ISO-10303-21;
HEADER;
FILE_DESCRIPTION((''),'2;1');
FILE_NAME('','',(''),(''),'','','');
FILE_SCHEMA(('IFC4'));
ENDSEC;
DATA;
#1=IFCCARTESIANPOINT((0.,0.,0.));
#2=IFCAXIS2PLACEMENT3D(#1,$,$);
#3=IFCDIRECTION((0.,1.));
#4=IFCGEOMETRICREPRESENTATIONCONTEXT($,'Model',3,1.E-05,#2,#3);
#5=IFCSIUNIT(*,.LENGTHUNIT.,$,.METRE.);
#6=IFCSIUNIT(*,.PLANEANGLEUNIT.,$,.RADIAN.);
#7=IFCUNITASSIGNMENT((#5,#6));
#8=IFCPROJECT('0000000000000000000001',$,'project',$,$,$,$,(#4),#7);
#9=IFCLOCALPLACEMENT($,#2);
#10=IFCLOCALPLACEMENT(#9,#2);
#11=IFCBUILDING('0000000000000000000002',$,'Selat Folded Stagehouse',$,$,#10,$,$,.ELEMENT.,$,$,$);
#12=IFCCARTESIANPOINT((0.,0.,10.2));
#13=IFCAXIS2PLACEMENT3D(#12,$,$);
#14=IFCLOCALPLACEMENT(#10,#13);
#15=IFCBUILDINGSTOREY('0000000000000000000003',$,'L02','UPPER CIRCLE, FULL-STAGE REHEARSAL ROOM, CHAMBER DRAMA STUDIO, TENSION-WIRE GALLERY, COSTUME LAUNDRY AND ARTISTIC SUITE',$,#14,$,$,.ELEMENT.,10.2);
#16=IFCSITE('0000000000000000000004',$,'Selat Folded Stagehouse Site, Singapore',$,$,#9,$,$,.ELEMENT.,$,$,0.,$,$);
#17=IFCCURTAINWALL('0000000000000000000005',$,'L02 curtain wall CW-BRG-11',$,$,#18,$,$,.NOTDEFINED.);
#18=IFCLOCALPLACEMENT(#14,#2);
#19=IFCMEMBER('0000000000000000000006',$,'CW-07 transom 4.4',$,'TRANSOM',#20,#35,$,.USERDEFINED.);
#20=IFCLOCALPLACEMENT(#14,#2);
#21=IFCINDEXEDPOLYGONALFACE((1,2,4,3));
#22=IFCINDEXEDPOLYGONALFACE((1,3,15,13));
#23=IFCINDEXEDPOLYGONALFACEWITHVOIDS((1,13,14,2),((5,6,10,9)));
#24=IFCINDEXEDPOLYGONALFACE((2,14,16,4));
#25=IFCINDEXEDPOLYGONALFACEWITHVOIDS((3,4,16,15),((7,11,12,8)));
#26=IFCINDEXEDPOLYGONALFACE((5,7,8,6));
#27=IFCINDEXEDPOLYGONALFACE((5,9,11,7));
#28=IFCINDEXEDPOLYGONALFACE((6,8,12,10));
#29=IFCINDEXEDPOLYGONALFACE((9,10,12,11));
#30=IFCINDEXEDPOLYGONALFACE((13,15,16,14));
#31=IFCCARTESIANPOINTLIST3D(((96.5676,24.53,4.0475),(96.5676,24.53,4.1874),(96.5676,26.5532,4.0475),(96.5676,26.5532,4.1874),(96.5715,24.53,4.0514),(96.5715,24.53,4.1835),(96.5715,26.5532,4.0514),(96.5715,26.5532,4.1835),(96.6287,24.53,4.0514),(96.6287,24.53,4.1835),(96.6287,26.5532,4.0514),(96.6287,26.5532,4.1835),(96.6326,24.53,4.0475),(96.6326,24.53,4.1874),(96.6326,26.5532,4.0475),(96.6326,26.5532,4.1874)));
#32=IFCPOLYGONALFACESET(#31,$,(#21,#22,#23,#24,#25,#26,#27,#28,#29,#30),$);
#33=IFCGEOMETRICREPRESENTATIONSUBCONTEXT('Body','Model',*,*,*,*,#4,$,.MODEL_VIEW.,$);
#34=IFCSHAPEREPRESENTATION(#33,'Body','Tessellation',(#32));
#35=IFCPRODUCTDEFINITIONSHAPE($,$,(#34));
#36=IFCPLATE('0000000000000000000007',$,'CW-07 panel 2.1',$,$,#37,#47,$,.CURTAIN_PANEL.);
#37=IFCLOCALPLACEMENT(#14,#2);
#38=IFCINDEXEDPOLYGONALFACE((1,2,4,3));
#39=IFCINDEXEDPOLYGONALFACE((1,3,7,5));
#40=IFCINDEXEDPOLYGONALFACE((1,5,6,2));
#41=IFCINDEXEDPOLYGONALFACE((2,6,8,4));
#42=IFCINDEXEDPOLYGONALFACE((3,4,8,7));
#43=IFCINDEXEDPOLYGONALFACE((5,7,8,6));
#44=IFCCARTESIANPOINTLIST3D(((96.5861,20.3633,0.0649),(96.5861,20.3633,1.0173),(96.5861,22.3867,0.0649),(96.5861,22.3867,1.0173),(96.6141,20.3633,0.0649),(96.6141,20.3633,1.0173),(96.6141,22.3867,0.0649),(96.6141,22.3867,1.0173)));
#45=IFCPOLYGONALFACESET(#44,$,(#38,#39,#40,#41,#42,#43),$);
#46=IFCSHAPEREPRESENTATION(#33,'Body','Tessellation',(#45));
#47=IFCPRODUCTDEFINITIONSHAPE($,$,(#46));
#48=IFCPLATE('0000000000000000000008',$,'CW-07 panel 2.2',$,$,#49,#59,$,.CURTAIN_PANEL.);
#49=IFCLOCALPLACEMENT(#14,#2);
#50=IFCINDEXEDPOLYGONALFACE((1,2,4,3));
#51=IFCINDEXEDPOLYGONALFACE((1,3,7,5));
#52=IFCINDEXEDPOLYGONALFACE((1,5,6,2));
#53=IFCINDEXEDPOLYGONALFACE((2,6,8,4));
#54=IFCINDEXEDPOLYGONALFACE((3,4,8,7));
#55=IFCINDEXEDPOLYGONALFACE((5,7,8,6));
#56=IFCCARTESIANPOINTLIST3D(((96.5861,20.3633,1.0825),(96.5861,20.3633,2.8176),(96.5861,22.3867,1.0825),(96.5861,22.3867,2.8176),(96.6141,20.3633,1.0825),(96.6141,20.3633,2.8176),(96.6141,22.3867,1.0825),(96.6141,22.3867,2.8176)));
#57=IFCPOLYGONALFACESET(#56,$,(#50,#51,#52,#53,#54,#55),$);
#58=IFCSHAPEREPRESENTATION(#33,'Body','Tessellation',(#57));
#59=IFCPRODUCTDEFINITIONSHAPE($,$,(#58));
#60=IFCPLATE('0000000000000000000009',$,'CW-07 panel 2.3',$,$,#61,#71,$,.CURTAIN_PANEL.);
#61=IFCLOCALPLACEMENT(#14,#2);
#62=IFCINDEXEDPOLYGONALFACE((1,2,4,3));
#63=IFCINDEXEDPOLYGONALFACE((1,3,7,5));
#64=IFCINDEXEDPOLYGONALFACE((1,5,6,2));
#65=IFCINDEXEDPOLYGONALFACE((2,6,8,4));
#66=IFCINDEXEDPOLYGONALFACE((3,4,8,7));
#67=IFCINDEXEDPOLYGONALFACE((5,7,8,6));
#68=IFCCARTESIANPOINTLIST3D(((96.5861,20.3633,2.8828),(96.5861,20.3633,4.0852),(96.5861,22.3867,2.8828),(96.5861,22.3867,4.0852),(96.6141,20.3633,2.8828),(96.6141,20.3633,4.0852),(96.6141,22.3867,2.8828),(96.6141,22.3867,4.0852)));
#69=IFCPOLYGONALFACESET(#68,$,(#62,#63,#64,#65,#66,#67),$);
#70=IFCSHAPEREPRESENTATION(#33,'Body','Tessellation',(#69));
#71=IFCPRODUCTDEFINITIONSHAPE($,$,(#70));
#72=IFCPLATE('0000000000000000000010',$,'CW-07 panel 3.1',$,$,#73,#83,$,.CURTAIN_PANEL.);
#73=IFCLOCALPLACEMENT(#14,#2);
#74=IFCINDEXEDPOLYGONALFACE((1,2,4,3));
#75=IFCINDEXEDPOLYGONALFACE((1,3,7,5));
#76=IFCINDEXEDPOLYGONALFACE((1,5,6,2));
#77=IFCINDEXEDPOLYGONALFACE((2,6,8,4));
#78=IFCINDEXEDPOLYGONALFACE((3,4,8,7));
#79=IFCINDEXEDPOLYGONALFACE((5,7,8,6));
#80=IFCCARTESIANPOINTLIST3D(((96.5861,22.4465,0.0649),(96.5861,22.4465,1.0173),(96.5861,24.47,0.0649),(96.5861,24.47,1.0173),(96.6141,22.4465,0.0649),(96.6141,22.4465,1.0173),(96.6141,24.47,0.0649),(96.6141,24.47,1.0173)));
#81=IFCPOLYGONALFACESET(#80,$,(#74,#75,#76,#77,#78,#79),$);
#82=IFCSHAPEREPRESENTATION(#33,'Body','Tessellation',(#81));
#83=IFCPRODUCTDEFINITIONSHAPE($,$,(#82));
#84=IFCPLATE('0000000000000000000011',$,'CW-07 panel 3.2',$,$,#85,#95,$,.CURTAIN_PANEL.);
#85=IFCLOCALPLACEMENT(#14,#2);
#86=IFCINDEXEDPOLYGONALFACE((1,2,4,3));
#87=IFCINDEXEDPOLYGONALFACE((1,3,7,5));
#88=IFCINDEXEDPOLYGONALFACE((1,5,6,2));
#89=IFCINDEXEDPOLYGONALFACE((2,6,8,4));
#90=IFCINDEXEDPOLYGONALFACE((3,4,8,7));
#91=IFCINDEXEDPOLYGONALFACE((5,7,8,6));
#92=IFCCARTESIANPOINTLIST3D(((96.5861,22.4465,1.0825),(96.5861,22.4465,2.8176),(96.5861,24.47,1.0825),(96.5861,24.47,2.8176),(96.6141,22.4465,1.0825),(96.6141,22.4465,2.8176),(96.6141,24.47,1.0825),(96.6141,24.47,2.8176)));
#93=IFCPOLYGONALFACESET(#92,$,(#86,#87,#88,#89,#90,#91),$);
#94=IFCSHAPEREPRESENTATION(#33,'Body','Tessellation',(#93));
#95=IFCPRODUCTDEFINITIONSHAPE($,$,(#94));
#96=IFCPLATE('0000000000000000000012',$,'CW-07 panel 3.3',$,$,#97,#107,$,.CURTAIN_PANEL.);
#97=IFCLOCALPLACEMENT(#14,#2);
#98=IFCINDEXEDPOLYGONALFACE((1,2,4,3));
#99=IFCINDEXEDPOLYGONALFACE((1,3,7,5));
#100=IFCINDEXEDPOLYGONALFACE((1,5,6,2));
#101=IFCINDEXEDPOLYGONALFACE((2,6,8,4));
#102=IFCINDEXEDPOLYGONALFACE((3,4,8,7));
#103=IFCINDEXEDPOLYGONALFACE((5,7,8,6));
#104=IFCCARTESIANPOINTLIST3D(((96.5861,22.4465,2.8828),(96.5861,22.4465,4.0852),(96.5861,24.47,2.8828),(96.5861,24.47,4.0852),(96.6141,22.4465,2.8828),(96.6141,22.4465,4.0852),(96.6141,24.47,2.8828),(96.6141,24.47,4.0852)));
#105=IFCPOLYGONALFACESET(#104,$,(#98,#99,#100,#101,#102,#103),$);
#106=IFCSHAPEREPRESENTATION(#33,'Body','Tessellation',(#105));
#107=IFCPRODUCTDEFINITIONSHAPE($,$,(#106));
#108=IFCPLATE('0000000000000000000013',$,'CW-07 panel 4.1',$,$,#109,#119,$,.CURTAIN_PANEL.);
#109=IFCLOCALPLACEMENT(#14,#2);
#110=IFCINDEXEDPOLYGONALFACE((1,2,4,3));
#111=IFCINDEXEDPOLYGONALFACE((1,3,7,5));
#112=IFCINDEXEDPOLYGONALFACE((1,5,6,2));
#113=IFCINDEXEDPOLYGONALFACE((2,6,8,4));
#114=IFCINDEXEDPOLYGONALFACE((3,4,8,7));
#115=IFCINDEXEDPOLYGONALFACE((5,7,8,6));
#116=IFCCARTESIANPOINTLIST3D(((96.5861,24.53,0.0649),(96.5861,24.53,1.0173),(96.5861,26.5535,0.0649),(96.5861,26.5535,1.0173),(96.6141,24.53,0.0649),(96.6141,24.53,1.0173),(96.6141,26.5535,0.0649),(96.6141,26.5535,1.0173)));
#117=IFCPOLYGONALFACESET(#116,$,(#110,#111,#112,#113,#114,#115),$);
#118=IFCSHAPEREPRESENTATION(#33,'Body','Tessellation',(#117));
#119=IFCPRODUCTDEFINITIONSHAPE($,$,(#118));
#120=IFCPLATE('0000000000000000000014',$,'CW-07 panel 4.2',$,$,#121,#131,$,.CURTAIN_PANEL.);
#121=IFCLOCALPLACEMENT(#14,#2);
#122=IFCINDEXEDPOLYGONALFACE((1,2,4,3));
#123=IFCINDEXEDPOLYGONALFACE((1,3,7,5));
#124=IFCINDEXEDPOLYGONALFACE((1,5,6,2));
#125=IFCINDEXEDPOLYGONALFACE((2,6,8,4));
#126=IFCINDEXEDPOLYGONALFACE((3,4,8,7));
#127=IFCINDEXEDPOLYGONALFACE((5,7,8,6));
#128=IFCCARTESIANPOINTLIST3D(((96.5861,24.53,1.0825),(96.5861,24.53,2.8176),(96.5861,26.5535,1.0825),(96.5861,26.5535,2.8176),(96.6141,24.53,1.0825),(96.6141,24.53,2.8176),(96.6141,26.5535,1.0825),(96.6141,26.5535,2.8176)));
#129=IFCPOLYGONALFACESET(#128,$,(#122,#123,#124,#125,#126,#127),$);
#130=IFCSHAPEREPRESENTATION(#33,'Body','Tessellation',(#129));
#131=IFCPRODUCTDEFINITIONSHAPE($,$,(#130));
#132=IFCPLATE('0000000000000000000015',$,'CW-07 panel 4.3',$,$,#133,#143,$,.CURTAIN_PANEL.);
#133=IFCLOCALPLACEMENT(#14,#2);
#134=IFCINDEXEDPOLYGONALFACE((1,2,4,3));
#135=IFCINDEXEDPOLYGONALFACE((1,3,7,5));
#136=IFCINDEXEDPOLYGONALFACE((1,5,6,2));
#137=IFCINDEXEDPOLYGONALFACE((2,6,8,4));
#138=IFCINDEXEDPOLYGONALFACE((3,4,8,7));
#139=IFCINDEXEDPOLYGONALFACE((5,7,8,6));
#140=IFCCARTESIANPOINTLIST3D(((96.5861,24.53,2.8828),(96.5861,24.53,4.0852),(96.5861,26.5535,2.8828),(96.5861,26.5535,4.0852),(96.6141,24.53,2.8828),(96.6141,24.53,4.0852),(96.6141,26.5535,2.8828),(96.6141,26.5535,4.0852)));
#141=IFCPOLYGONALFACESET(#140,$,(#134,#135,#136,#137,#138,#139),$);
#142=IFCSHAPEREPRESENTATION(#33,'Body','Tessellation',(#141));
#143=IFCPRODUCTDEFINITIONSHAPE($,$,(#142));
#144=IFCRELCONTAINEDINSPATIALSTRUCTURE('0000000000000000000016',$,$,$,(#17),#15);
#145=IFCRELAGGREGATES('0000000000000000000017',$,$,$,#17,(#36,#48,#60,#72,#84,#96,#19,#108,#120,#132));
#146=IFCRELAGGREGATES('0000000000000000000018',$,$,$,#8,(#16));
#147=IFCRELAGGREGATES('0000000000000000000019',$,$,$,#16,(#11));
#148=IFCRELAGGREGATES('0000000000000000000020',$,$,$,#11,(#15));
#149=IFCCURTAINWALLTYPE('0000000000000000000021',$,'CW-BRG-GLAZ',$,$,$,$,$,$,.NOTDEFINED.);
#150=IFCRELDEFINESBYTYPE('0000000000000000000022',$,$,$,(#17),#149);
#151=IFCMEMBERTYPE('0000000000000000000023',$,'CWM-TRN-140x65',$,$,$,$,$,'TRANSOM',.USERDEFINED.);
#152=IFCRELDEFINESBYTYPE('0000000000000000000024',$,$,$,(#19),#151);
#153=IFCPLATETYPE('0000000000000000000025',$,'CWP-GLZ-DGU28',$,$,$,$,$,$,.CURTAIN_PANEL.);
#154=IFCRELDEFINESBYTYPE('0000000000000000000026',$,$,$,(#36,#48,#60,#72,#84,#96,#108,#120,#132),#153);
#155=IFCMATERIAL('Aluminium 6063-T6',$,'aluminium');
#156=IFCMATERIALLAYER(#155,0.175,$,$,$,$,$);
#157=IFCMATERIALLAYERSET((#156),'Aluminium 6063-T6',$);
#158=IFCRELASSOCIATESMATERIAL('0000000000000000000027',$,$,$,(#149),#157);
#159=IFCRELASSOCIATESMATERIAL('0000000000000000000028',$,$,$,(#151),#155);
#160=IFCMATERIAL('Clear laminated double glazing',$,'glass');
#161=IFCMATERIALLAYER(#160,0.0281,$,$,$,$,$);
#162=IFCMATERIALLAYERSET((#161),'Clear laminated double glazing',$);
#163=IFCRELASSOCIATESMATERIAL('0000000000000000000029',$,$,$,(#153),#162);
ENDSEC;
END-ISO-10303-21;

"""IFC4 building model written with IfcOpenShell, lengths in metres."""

from ifc_helpers import new_model, si_unit, direction, frame, origin, origin_2d, place, context, subcontext, project, spatial, rectangle, hollow_rectangle, extrude, material, layer, layer_set, material_profile, profile_set, type_object, element, aggregate, save


model = new_model("IFC4")

# Units and contexts
model_context = context("Model", 3, precision=1e-05, world=origin(), true_north=direction((0.0, 1.0)))
body_context = subcontext(model_context, "Body", "Model", "MODEL_VIEW")
ifc_project = project(units=[si_unit("LENGTHUNIT", "METRE"), si_unit("PLANEANGLEUNIT", "RADIAN")], contexts=[model_context])

# Site, building, storey
site_placement = place(None, origin())
site = spatial("IfcSite", under=ifc_project, at=site_placement, Name="Selat Folded Stagehouse Site, Singapore", CompositionType="ELEMENT", RefElevation=0.0)
building_placement = place(site_placement, origin())
building = spatial("IfcBuilding", under=site, at=building_placement, Name="Selat Folded Stagehouse", CompositionType="ELEMENT")
storey_placement = place(building_placement, frame((0.0, 0.0, 10.2)))
storey = spatial("IfcBuildingStorey", under=building, at=storey_placement, Name="L02", Description="UPPER CIRCLE, FULL-STAGE REHEARSAL ROOM, CHAMBER DRAMA STUDIO, TENSION-WIRE GALLERY, COSTUME LAUNDRY AND ARTISTIC SUITE", CompositionType="ELEMENT", Elevation=10.2)

# Curtain wall, member, plates
ifc_material_1 = material(Name="Aluminium 6063-T6", Category="aluminium")
ifc_layer_1 = layer(ifc_material_1, 0.175)
ifc_layer_set_1 = layer_set([ifc_layer_1], Name="Aluminium 6063-T6")
curtain_wall_type = type_object("IfcCurtainWallType", Name="CW-BRG-GLAZ", PredefinedType="NOTDEFINED", material=ifc_layer_set_1)
curtain_wall_placement = place(storey_placement, origin())
curtain_wall = element("IfcCurtainWall", 1, at=curtain_wall_placement, inside=storey, type_object=curtain_wall_type, Name="L02 curtain wall CW-BRG-11", PredefinedType="NOTDEFINED")
ifc_material_profile_1 = material_profile(ifc_material_1, hollow_rectangle(XDim=0.0649, YDim=0.1399, WallThickness=0.0039, at=origin_2d()), Name="ALU 140x65x4.0")
ifc_profile_set_1 = profile_set([ifc_material_profile_1], Name="Aluminium 6063-T6")
member_type_1 = type_object("IfcMemberType", Name="CWM-TRN-140x65", ElementType="TRANSOM", PredefinedType="USERDEFINED", material=ifc_profile_set_1)
member_1_placement = place(storey_placement, frame((96.6001, 24.53, 4.1174), z_axis=(0.0, 1.0, 0.0), x_axis=(-1.0, 0.0, 0.0)))
member_1 = element("IfcMember", 2, at=member_1_placement, type_object=member_type_1, Name="CW-07 transom 4.4", ObjectType="TRANSOM", PredefinedType="USERDEFINED", context=body_context, shape_type="SweptSolid", body=[
    extrude(hollow_rectangle(XDim=0.0649, YDim=0.1399, WallThickness=0.0039, at=origin_2d()), origin(), (0.0, 0.0, 1.0), 2.0232),
])
ifc_material_2 = material(Name="Clear laminated double glazing", Category="glass")
ifc_layer_2 = layer(ifc_material_2, 0.0281)
ifc_layer_set_2 = layer_set([ifc_layer_2], Name="Clear laminated double glazing")
plate_type = type_object("IfcPlateType", Name="CWP-GLZ-DGU28", PredefinedType="CURTAIN_PANEL", material=ifc_layer_set_2)
plate_1_placement = place(storey_placement, frame((96.6001, 21.375, 0.0649), z_axis=(0.0, 0.0, 1.0), x_axis=(0.0, 1.0, 0.0)))
plate_1 = element("IfcPlate", 3, at=plate_1_placement, type_object=plate_type, Name="CW-07 panel 2.1", PredefinedType="CURTAIN_PANEL", context=body_context, shape_type="SweptSolid", body=[
    extrude(rectangle(XDim=2.0234, YDim=0.0281, at=origin_2d()), origin(), (0.0, 0.0, 1.0), 0.9524),
])
plate_2_placement = place(storey_placement, frame((96.6001, 21.375, 1.0825), z_axis=(0.0, 0.0, 1.0), x_axis=(0.0, 1.0, 0.0)))
plate_2 = element("IfcPlate", 4, at=plate_2_placement, type_object=plate_type, Name="CW-07 panel 2.2", PredefinedType="CURTAIN_PANEL", context=body_context, shape_type="SweptSolid", body=[
    extrude(rectangle(XDim=2.0234, YDim=0.0281, at=origin_2d()), origin(), (0.0, 0.0, 1.0), 1.7351),
])
plate_3_placement = place(storey_placement, frame((96.6001, 21.375, 2.8828), z_axis=(0.0, 0.0, 1.0), x_axis=(0.0, 1.0, 0.0)))
plate_3 = element("IfcPlate", 5, at=plate_3_placement, type_object=plate_type, Name="CW-07 panel 2.3", PredefinedType="CURTAIN_PANEL", context=body_context, shape_type="SweptSolid", body=[
    extrude(rectangle(XDim=2.0234, YDim=0.0281, at=origin_2d()), origin(), (0.0, 0.0, 1.0), 1.2024),
])
plate_4_placement = place(storey_placement, frame((96.6001, 23.4583, 0.0649), z_axis=(0.0, 0.0, 1.0), x_axis=(0.0, 1.0, 0.0)))
plate_4 = element("IfcPlate", 6, at=plate_4_placement, type_object=plate_type, Name="CW-07 panel 3.1", PredefinedType="CURTAIN_PANEL", context=body_context, shape_type="SweptSolid", body=[
    extrude(rectangle(XDim=2.0234, YDim=0.0281, at=origin_2d()), origin(), (0.0, 0.0, 1.0), 0.9524),
])
plate_5_placement = place(storey_placement, frame((96.6001, 23.4583, 1.0825), z_axis=(0.0, 0.0, 1.0), x_axis=(0.0, 1.0, 0.0)))
plate_5 = element("IfcPlate", 7, at=plate_5_placement, type_object=plate_type, Name="CW-07 panel 3.2", PredefinedType="CURTAIN_PANEL", context=body_context, shape_type="SweptSolid", body=[
    extrude(rectangle(XDim=2.0234, YDim=0.0281, at=origin_2d()), origin(), (0.0, 0.0, 1.0), 1.7351),
])
plate_6_placement = place(storey_placement, frame((96.6001, 23.4583, 2.8828), z_axis=(0.0, 0.0, 1.0), x_axis=(0.0, 1.0, 0.0)))
plate_6 = element("IfcPlate", 8, at=plate_6_placement, type_object=plate_type, Name="CW-07 panel 3.3", PredefinedType="CURTAIN_PANEL", context=body_context, shape_type="SweptSolid", body=[
    extrude(rectangle(XDim=2.0234, YDim=0.0281, at=origin_2d()), origin(), (0.0, 0.0, 1.0), 1.2024),
])
plate_7_placement = place(storey_placement, frame((96.6001, 25.5417, 0.0649), z_axis=(0.0, 0.0, 1.0), x_axis=(0.0, 1.0, 0.0)))
plate_7 = element("IfcPlate", 9, at=plate_7_placement, type_object=plate_type, Name="CW-07 panel 4.1", PredefinedType="CURTAIN_PANEL", context=body_context, shape_type="SweptSolid", body=[
    extrude(rectangle(XDim=2.0234, YDim=0.0281, at=origin_2d()), origin(), (0.0, 0.0, 1.0), 0.9524),
])
plate_8_placement = place(storey_placement, frame((96.6001, 25.5417, 1.0825), z_axis=(0.0, 0.0, 1.0), x_axis=(0.0, 1.0, 0.0)))
plate_8 = element("IfcPlate", 10, at=plate_8_placement, type_object=plate_type, Name="CW-07 panel 4.2", PredefinedType="CURTAIN_PANEL", context=body_context, shape_type="SweptSolid", body=[
    extrude(rectangle(XDim=2.0234, YDim=0.0281, at=origin_2d()), origin(), (0.0, 0.0, 1.0), 1.7351),
])
plate_9_placement = place(storey_placement, frame((96.6001, 25.5417, 2.8828), z_axis=(0.0, 0.0, 1.0), x_axis=(0.0, 1.0, 0.0)))
plate_9 = element("IfcPlate", 11, at=plate_9_placement, type_object=plate_type, Name="CW-07 panel 4.3", PredefinedType="CURTAIN_PANEL", context=body_context, shape_type="SweptSolid", body=[
    extrude(rectangle(XDim=2.0234, YDim=0.0281, at=origin_2d()), origin(), (0.0, 0.0, 1.0), 1.2024),
])
aggregate(curtain_wall, [plate_1, plate_2, plate_3, plate_4, plate_5, plate_6, member_1, plate_7, plate_8, plate_9])

save(model, "model.ifc")
